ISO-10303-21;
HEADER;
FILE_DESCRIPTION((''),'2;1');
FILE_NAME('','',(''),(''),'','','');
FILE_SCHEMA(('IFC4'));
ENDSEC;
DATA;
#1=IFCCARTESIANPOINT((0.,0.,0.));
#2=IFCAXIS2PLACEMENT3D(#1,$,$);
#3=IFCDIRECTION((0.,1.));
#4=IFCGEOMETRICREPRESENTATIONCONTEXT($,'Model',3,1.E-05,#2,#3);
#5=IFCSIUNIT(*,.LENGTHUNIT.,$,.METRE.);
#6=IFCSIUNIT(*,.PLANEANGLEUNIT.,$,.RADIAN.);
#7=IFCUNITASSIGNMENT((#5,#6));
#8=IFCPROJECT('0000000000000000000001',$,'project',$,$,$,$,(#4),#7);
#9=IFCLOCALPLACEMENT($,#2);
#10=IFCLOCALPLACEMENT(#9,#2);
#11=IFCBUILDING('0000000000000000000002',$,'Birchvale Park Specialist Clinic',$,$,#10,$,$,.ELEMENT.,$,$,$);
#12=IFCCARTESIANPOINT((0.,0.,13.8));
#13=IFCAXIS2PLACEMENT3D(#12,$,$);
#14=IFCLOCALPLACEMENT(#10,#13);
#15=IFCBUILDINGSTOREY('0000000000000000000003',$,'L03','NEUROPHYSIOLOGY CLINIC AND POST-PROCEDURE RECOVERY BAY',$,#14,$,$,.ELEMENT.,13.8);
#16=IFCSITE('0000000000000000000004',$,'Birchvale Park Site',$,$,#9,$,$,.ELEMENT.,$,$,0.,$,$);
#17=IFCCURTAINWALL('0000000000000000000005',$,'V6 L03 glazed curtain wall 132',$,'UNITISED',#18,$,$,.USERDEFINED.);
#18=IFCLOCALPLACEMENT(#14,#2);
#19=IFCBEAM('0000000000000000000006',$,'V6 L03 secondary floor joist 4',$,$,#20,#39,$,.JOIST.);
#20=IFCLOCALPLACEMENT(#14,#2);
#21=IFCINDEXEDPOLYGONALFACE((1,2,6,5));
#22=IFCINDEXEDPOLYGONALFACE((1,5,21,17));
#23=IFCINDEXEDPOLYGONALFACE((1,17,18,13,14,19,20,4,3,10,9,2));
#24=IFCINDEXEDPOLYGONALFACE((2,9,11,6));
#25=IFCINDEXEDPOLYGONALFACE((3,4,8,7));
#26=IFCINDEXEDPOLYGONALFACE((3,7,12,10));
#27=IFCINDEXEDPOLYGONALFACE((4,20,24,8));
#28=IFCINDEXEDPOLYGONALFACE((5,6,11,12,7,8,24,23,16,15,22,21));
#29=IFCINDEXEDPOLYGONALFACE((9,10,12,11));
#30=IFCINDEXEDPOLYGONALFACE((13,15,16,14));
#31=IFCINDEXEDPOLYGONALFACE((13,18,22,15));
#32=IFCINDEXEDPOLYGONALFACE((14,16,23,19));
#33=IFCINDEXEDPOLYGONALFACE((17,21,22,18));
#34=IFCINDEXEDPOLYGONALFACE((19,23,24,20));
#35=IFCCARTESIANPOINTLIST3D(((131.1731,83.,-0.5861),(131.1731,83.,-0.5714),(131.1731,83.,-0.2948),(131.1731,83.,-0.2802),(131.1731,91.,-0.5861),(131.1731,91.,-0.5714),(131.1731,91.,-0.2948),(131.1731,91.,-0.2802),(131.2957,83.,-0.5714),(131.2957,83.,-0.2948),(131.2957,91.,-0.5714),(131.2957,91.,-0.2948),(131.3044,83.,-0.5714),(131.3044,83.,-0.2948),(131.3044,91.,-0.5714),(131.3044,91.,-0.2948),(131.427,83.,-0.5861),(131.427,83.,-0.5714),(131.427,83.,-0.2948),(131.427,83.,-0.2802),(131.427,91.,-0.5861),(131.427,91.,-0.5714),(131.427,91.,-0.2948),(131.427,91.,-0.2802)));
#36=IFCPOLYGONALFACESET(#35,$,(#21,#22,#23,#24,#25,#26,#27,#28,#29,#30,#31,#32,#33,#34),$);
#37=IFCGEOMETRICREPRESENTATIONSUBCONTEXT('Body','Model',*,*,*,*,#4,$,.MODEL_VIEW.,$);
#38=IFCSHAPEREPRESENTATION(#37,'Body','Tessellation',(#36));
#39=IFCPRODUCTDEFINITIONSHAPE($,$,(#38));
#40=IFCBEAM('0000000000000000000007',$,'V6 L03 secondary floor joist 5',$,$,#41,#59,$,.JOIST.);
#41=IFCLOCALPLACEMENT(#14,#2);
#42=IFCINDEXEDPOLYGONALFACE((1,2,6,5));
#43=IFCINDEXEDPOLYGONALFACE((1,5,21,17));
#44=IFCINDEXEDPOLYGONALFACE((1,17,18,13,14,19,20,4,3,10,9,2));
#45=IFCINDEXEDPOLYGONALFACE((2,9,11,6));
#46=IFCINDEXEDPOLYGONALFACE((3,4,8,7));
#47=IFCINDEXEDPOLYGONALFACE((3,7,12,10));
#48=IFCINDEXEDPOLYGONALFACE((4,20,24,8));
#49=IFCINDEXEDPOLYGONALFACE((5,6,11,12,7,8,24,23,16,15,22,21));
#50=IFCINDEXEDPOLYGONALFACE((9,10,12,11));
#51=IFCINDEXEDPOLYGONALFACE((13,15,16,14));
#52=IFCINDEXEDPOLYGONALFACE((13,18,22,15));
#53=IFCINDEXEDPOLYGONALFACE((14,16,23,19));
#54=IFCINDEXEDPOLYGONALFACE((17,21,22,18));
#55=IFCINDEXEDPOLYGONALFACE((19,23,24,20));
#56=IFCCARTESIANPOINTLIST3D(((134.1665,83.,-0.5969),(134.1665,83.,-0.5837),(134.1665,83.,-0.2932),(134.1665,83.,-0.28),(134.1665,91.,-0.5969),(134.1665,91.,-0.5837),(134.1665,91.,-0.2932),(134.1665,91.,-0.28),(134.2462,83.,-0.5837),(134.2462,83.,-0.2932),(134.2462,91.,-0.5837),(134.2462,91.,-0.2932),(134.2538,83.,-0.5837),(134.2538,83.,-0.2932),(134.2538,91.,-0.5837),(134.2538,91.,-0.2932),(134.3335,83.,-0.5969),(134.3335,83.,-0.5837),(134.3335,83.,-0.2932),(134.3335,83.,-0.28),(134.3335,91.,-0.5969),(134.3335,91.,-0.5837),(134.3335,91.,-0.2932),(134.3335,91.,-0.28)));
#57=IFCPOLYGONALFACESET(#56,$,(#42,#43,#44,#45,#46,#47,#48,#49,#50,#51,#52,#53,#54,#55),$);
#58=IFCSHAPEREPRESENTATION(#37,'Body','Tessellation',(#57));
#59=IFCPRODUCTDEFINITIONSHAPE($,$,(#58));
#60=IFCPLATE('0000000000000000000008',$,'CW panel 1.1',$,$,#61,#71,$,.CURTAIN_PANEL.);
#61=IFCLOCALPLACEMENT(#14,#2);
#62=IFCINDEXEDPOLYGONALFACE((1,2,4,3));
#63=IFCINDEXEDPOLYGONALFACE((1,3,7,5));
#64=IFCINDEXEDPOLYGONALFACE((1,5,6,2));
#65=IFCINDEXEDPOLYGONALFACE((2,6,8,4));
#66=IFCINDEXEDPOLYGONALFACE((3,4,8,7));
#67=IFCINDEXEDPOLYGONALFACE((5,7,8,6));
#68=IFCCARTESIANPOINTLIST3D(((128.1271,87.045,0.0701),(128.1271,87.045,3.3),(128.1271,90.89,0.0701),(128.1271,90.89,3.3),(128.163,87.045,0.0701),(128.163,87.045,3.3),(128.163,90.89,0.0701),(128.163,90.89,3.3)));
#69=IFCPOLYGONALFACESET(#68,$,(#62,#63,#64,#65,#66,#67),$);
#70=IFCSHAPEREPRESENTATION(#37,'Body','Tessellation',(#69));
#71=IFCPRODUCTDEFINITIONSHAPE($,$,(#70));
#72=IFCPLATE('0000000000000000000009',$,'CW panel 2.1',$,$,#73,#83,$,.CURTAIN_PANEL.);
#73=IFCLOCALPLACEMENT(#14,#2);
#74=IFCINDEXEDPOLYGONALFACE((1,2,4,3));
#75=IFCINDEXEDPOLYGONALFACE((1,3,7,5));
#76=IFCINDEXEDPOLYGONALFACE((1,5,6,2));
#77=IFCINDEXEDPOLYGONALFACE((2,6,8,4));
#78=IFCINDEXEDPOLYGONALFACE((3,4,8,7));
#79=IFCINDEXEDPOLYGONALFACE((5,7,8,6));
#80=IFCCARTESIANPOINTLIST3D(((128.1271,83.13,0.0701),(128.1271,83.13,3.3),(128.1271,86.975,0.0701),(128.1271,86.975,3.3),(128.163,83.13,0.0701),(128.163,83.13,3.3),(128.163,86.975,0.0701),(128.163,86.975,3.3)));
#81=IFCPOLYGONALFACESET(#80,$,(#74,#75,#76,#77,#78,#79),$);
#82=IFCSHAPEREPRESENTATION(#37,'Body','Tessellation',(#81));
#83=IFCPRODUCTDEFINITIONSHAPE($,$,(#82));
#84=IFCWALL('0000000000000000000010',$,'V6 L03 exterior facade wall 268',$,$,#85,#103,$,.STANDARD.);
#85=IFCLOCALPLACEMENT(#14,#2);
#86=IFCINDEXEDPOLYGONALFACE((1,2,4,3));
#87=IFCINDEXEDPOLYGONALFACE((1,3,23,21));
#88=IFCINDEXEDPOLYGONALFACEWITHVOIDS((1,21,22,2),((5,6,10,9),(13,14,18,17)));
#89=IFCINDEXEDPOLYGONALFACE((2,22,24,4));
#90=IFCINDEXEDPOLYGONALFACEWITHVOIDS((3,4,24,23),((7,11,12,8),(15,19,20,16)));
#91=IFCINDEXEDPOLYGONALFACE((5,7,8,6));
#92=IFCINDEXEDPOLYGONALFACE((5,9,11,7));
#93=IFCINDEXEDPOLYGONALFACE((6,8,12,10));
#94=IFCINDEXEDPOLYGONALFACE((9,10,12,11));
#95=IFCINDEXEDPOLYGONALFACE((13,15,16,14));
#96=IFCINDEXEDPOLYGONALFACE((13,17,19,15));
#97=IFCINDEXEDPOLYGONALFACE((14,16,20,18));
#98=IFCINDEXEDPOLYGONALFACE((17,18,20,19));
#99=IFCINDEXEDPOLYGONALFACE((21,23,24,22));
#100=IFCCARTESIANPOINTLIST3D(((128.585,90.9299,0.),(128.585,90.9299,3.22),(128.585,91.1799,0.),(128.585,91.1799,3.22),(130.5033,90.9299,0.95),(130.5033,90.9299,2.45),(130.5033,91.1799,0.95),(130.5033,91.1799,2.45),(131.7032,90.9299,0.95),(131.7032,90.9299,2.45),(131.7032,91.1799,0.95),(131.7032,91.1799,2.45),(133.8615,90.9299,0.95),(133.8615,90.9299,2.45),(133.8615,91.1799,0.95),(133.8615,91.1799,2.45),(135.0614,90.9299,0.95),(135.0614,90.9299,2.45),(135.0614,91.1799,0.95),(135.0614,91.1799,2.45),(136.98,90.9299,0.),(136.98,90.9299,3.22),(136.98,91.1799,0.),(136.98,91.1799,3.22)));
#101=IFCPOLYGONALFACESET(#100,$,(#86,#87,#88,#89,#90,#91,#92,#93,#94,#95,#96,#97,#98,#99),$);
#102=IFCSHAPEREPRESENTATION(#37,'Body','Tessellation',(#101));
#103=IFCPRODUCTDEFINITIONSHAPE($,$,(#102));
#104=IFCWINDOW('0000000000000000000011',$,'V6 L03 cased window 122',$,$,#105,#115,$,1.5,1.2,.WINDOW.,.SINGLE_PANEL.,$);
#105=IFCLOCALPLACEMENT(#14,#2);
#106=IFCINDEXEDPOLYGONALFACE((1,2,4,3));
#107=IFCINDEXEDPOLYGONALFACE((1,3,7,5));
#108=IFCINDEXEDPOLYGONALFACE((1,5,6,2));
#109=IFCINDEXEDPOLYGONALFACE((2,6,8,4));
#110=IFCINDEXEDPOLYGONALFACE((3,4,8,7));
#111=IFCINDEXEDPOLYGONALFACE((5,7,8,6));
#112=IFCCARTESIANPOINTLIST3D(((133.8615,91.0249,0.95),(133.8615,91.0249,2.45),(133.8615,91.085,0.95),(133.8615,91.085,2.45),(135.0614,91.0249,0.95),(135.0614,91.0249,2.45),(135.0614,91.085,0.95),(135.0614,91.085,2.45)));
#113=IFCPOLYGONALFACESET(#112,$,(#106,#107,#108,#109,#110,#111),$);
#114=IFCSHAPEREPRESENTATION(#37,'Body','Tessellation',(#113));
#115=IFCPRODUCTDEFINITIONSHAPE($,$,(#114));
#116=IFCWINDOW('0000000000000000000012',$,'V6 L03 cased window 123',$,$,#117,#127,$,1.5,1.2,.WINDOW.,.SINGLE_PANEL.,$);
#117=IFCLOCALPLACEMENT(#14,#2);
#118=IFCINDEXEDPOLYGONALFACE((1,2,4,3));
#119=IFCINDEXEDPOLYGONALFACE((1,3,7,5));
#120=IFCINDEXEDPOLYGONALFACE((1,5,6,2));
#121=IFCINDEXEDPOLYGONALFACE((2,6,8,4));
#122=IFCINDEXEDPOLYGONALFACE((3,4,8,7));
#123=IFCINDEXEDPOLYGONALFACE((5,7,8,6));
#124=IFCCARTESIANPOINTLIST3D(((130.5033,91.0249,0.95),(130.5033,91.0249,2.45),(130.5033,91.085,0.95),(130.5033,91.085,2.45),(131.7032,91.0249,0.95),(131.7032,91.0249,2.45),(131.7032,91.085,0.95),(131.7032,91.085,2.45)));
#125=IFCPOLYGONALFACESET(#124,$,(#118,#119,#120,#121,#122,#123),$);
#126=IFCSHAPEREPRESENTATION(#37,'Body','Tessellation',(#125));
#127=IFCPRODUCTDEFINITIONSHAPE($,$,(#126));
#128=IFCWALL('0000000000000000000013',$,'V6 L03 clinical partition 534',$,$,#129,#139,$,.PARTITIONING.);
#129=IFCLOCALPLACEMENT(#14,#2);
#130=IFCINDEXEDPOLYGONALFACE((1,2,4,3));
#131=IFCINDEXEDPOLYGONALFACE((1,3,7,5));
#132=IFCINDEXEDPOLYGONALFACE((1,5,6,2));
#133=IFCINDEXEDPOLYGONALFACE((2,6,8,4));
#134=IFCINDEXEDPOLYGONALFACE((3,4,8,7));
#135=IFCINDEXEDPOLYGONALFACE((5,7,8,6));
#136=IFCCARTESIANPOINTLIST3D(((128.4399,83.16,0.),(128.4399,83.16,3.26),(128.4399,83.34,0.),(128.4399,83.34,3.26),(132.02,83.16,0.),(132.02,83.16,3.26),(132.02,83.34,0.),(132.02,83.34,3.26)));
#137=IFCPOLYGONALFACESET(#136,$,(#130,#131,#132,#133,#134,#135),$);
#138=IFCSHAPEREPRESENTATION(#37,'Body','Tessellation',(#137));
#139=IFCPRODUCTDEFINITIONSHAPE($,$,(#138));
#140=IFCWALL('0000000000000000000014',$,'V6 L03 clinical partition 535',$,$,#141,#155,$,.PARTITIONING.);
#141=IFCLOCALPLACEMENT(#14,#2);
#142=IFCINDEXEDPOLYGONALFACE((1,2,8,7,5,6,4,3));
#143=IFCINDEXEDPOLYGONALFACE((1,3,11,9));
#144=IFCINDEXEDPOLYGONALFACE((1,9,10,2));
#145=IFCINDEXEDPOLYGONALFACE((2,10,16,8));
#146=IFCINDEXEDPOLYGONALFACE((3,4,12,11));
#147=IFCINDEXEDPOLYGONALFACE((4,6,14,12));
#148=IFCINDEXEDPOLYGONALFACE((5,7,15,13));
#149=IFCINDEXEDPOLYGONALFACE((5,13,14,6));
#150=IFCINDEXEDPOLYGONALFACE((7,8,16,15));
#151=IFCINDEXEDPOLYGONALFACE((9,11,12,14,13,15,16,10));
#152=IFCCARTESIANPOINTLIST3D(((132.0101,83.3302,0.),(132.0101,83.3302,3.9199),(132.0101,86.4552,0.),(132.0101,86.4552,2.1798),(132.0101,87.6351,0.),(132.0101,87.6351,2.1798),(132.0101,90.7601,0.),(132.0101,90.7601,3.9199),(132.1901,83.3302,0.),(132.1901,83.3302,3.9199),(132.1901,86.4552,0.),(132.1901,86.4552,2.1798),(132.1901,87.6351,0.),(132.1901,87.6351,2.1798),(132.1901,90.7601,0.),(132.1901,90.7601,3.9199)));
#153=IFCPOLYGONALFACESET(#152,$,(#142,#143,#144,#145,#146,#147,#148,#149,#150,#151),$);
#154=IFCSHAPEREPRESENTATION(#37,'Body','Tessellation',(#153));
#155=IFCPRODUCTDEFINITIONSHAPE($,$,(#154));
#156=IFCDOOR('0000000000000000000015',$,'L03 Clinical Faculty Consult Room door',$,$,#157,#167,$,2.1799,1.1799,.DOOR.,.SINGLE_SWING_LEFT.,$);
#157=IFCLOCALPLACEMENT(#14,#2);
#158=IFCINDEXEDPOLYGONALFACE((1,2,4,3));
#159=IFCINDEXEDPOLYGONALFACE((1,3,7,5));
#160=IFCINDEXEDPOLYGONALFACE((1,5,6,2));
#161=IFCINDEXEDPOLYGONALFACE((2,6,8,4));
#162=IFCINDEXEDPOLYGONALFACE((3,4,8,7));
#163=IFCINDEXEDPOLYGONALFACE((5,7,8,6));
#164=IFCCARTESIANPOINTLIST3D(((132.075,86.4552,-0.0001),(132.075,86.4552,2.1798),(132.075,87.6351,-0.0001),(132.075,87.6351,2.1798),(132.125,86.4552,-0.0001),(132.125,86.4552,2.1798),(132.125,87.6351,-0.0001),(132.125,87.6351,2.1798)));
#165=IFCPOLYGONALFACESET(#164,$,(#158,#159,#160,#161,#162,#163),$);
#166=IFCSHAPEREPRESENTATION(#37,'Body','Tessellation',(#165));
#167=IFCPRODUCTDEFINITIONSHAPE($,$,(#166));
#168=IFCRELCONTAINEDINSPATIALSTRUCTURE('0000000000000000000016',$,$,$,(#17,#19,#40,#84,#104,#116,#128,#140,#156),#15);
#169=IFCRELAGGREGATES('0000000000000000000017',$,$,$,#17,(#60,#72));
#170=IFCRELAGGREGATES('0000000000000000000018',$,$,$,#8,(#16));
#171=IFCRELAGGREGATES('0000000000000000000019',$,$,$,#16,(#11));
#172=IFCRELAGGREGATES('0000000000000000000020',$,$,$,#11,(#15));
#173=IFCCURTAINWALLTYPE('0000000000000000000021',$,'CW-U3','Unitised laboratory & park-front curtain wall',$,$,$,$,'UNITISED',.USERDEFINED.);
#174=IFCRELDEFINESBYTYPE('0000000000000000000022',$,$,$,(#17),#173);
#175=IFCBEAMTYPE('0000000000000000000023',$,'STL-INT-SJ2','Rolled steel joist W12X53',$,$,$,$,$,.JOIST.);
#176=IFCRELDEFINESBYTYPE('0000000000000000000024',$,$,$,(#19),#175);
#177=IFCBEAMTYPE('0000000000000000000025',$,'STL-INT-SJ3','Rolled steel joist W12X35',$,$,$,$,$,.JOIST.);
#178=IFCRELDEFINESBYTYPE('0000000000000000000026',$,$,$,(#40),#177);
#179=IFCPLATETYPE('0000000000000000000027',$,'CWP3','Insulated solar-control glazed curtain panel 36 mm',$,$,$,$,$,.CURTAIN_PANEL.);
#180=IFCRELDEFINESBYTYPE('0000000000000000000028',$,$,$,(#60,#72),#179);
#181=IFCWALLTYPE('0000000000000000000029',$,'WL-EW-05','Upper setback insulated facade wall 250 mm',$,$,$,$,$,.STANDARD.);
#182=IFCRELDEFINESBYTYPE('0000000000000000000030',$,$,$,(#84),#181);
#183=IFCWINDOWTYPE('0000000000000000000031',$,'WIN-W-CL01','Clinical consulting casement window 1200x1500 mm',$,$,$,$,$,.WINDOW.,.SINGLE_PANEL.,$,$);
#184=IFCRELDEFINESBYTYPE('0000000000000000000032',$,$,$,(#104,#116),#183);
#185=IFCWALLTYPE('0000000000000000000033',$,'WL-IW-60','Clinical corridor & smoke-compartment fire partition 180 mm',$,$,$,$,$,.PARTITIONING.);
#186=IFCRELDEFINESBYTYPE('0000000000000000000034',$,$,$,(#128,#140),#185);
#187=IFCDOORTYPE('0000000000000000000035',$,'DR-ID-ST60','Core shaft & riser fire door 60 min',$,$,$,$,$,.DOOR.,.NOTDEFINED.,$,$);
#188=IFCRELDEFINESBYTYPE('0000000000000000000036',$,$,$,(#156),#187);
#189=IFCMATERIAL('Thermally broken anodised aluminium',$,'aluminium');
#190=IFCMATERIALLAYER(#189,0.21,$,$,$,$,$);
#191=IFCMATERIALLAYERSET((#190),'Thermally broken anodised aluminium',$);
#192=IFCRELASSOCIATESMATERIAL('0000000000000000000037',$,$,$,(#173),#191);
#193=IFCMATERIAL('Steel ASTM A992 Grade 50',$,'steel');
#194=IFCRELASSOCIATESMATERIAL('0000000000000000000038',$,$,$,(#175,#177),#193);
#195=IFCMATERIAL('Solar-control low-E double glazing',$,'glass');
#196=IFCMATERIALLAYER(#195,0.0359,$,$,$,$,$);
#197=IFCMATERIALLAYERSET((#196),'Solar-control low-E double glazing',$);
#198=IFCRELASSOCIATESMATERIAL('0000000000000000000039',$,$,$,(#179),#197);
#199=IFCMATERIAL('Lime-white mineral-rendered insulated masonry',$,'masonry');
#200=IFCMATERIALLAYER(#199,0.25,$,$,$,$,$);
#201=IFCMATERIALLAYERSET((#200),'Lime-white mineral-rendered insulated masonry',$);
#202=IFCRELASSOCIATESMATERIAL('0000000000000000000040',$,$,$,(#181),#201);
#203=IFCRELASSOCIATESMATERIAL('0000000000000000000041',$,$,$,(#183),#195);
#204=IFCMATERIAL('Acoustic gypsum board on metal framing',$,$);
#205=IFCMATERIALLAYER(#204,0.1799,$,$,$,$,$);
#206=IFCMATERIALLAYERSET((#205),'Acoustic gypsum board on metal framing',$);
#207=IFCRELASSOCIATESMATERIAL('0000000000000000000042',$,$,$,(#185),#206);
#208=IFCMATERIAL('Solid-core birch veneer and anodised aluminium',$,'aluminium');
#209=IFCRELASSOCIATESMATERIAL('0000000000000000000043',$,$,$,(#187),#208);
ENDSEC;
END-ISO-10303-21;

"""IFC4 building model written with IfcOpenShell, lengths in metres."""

from ifc_helpers import new_model, si_unit, direction, frame, frame_2d, origin, origin_2d, place, context, subcontext, project, spatial, rectangle, i_section, extrude, material, layer, layer_set, material_profile, profile_set, type_object, element, fill, aggregate, save


model = new_model("IFC4")

# Units and contexts
model_context = context("Model", 3, precision=1e-05, world=origin(), true_north=direction((0.0, 1.0)))
body_context = subcontext(model_context, "Body", "Model", "MODEL_VIEW")
ifc_project = project(units=[si_unit("LENGTHUNIT", "METRE"), si_unit("PLANEANGLEUNIT", "RADIAN")], contexts=[model_context])

# Site, building, storey
site_placement = place(None, origin())
site = spatial("IfcSite", under=ifc_project, at=site_placement, Name="Birchvale Park Site", CompositionType="ELEMENT", RefElevation=0.0)
building_placement = place(site_placement, origin())
building = spatial("IfcBuilding", under=site, at=building_placement, Name="Birchvale Park Specialist Clinic", CompositionType="ELEMENT")
storey_placement = place(building_placement, frame((0.0, 0.0, 13.8)))
storey = spatial("IfcBuildingStorey", under=building, at=storey_placement, Name="L03", Description="NEUROPHYSIOLOGY CLINIC AND POST-PROCEDURE RECOVERY BAY", CompositionType="ELEMENT", Elevation=13.8)

# Curtain wall
ifc_material_1 = material(Name="Thermally broken anodised aluminium", Category="aluminium")
ifc_layer_1 = layer(ifc_material_1, 0.21)
ifc_layer_set_1 = layer_set([ifc_layer_1], Name="Thermally broken anodised aluminium")
curtain_wall_type = type_object("IfcCurtainWallType", Name="CW-U3", Description="Unitised laboratory & park-front curtain wall", ElementType="UNITISED", PredefinedType="USERDEFINED", material=ifc_layer_set_1)
curtain_wall_placement = place(storey_placement, origin())
curtain_wall = element("IfcCurtainWall", 1, at=curtain_wall_placement, inside=storey, type_object=curtain_wall_type, Name="V6 L03 glazed curtain wall 132", ObjectType="UNITISED", PredefinedType="USERDEFINED")

# Beams
ifc_material_2 = material(Name="Steel ASTM A992 Grade 50", Category="steel")
ifc_material_profile_1 = material_profile(ifc_material_2, i_section(OverallWidth=0.2539, OverallDepth=0.3059, WebThickness=0.0088, FlangeThickness=0.0146, at=origin_2d()), Name="W12X53")
ifc_profile_set_1 = profile_set([ifc_material_profile_1], Name="Steel ASTM A992 Grade 50")
beam_type_1 = type_object("IfcBeamType", Name="STL-INT-SJ2", Description="Rolled steel joist W12X53", PredefinedType="JOIST", material=ifc_profile_set_1)
beam_1_placement = place(storey_placement, frame((131.3, 83.0, -0.4331), z_axis=(0.0, 1.0, 0.0), x_axis=(-1.0, 0.0, 0.0)))
element("IfcBeam", 2, at=beam_1_placement, inside=storey, type_object=beam_type_1, Name="V6 L03 secondary floor joist 4", PredefinedType="JOIST", context=body_context, shape_type="SweptSolid", body=[
    extrude(i_section(OverallWidth=0.2539, OverallDepth=0.3059, WebThickness=0.0088, FlangeThickness=0.0146, at=origin_2d()), origin(), (0.0, 0.0, 1.0), 8.0),
])
ifc_material_profile_2 = material_profile(ifc_material_2, i_section(OverallWidth=0.167, OverallDepth=0.3169, WebThickness=0.0076, FlangeThickness=0.0132, at=origin_2d()), Name="W12X35")
ifc_profile_set_2 = profile_set([ifc_material_profile_2], Name="Steel ASTM A992 Grade 50")
beam_type_2 = type_object("IfcBeamType", Name="STL-INT-SJ3", Description="Rolled steel joist W12X35", PredefinedType="JOIST", material=ifc_profile_set_2)
beam_2_placement = place(storey_placement, frame((134.25, 83.0, -0.4385), z_axis=(0.0, 1.0, 0.0), x_axis=(-1.0, 0.0, 0.0)))
element("IfcBeam", 3, at=beam_2_placement, inside=storey, type_object=beam_type_2, Name="V6 L03 secondary floor joist 5", PredefinedType="JOIST", context=body_context, shape_type="SweptSolid", body=[
    extrude(i_section(OverallWidth=0.167, OverallDepth=0.3169, WebThickness=0.0076, FlangeThickness=0.0132, at=origin_2d()), origin(), (0.0, 0.0, 1.0), 8.0),
])

# Plates
ifc_material_3 = material(Name="Solar-control low-E double glazing", Category="glass")
ifc_layer_2 = layer(ifc_material_3, 0.0359)
ifc_layer_set_2 = layer_set([ifc_layer_2], Name="Solar-control low-E double glazing")
plate_type = type_object("IfcPlateType", Name="CWP3", Description="Insulated solar-control glazed curtain panel 36 mm", PredefinedType="CURTAIN_PANEL", material=ifc_layer_set_2)
plate_1_placement = place(storey_placement, frame((128.145, 88.9675, 0.0701), z_axis=(0.0, 0.0, 1.0), x_axis=(0.0, -1.0, 0.0)))
plate_1 = element("IfcPlate", 4, at=plate_1_placement, type_object=plate_type, Name="CW panel 1.1", PredefinedType="CURTAIN_PANEL", context=body_context, shape_type="SweptSolid", body=[
    extrude(rectangle(XDim=3.845, YDim=0.0359, at=origin_2d()), origin(), (0.0, 0.0, 1.0), 3.23),
])
plate_2_placement = place(storey_placement, frame((128.145, 85.0525, 0.0701), z_axis=(0.0, 0.0, 1.0), x_axis=(0.0, -1.0, 0.0)))
plate_2 = element("IfcPlate", 5, at=plate_2_placement, type_object=plate_type, Name="CW panel 2.1", PredefinedType="CURTAIN_PANEL", context=body_context, shape_type="SweptSolid", body=[
    extrude(rectangle(XDim=3.845, YDim=0.0359, at=origin_2d()), origin(), (0.0, 0.0, 1.0), 3.23),
])
aggregate(curtain_wall, [plate_1, plate_2])

# Wall, openings, windows
ifc_material_4 = material(Name="Lime-white mineral-rendered insulated masonry", Category="masonry")
ifc_layer_3 = layer(ifc_material_4, 0.25)
ifc_layer_set_3 = layer_set([ifc_layer_3], Name="Lime-white mineral-rendered insulated masonry")
wall_type_1 = type_object("IfcWallType", Name="WL-EW-05", Description="Upper setback insulated facade wall 250 mm", PredefinedType="STANDARD", material=ifc_layer_set_3)
wall_1_placement = place(storey_placement, frame((136.98, 91.0549, 0.0), z_axis=(0.0, 0.0, 1.0), x_axis=(-1.0, 0.0, 0.0)))
wall_1 = element("IfcWall", 6, at=wall_1_placement, inside=storey, type_object=wall_type_1, Name="V6 L03 exterior facade wall 268", PredefinedType="STANDARD", context=body_context, shape_type="SweptSolid", body=[
    extrude(rectangle(XDim=8.395, YDim=0.25, at=frame_2d((4.1975, 0.0))), origin(), (0.0, 0.0, 1.0), 3.22),
])
opening_1_placement = place(wall_1_placement, frame((1.9185, 0.0, 0.95)))
opening_1 = element("IfcOpeningElement", 7, at=opening_1_placement, cuts=wall_1, PredefinedType="OPENING", context=body_context, shape_type="SweptSolid", body=[
    extrude(rectangle(XDim=1.2, YDim=1.5, at=frame_2d((0.6001, 0.75))), frame((0.0, 0.135, 0.0), z_axis=(0.0, -1.0, 0.0), x_axis=(1.0, 0.0, 0.0)), (0.0, 0.0, 1.0), 0.27),
])
opening_2_placement = place(wall_1_placement, frame((5.2766, 0.0, 0.95)))
opening_2 = element("IfcOpeningElement", 8, at=opening_2_placement, cuts=wall_1, PredefinedType="OPENING", context=body_context, shape_type="SweptSolid", body=[
    extrude(rectangle(XDim=1.2, YDim=1.5, at=frame_2d((0.6001, 0.75))), frame((0.0, 0.135, 0.0), z_axis=(0.0, -1.0, 0.0), x_axis=(1.0, 0.0, 0.0)), (0.0, 0.0, 1.0), 0.27),
])
window_type = type_object("IfcWindowType", Name="WIN-W-CL01", Description="Clinical consulting casement window 1200x1500 mm", PartitioningType="SINGLE_PANEL", PredefinedType="WINDOW", material=ifc_material_3)
window_1_placement = place(opening_1_placement, origin())
window_1 = element("IfcWindow", 9, at=window_1_placement, inside=storey, type_object=window_type, Name="V6 L03 cased window 122", OverallHeight=1.5, OverallWidth=1.2, PartitioningType="SINGLE_PANEL", PredefinedType="WINDOW", context=body_context, shape_type="SweptSolid", body=[
    extrude(rectangle(XDim=1.2, YDim=1.5, at=frame_2d((0.6001, 0.75))), frame((0.0, 0.03, 0.0), z_axis=(0.0, -1.0, 0.0), x_axis=(1.0, 0.0, 0.0)), (0.0, 0.0, 1.0), 0.0601),
])
fill(opening_1, window_1)
window_2_placement = place(opening_2_placement, origin())
window_2 = element("IfcWindow", 10, at=window_2_placement, inside=storey, type_object=window_type, Name="V6 L03 cased window 123", OverallHeight=1.5, OverallWidth=1.2, PartitioningType="SINGLE_PANEL", PredefinedType="WINDOW", context=body_context, shape_type="SweptSolid", body=[
    extrude(rectangle(XDim=1.2, YDim=1.5, at=frame_2d((0.6001, 0.75))), frame((0.0, 0.03, 0.0), z_axis=(0.0, -1.0, 0.0), x_axis=(1.0, 0.0, 0.0)), (0.0, 0.0, 1.0), 0.0601),
])
fill(opening_2, window_2)

# Wall
ifc_material_5 = material(Name="Acoustic gypsum board on metal framing")
ifc_layer_4 = layer(ifc_material_5, 0.1799)
ifc_layer_set_4 = layer_set([ifc_layer_4], Name="Acoustic gypsum board on metal framing")
wall_type_2 = type_object("IfcWallType", Name="WL-IW-60", Description="Clinical corridor & smoke-compartment fire partition 180 mm", PredefinedType="PARTITIONING", material=ifc_layer_set_4)
wall_2_placement = place(storey_placement, frame((132.02, 83.25, 0.0), z_axis=(0.0, 0.0, 1.0), x_axis=(-1.0, 0.0, 0.0)))
element("IfcWall", 11, at=wall_2_placement, inside=storey, type_object=wall_type_2, Name="V6 L03 clinical partition 534", PredefinedType="PARTITIONING", context=body_context, shape_type="SweptSolid", body=[
    extrude(rectangle(XDim=3.5801, YDim=0.1799, at=frame_2d((1.79, 0.0))), origin(), (0.0, 0.0, 1.0), 3.26),
])

# Wall, opening, door
wall_3_placement = place(storey_placement, frame((132.1001, 90.76, 0.0), z_axis=(0.0, 0.0, 1.0), x_axis=(0.0, -1.0, 0.0)))
wall_3 = element("IfcWall", 12, at=wall_3_placement, inside=storey, type_object=wall_type_2, Name="V6 L03 clinical partition 535", PredefinedType="PARTITIONING", context=body_context, shape_type="SweptSolid", body=[
    extrude(rectangle(XDim=7.4299, YDim=0.1799, at=frame_2d((3.7148, 0.0))), origin(), (0.0, 0.0, 1.0), 3.9199),
])
opening_3_placement = place(wall_3_placement, frame((3.125, 0.0, 0.0)))
opening_3 = element("IfcOpeningElement", 13, at=opening_3_placement, cuts=wall_3, PredefinedType="OPENING", context=body_context, shape_type="SweptSolid", body=[
    extrude(rectangle(XDim=1.1799, YDim=2.1799, at=frame_2d((0.5898, 1.0898))), frame((0.0, 0.1001, 0.0), z_axis=(0.0, -1.0, 0.0), x_axis=(1.0, 0.0, 0.0)), (0.0, 0.0, 1.0), 0.2),
])
ifc_material_6 = material(Name="Solid-core birch veneer and anodised aluminium", Category="aluminium")
door_type_1 = type_object("IfcDoorType", Name="DR-ID-ST60", Description="Core shaft & riser fire door 60 min", OperationType="NOTDEFINED", PredefinedType="DOOR", material=ifc_material_6)
door_1_placement = place(opening_3_placement, origin())
door_1 = element("IfcDoor", 14, at=door_1_placement, inside=storey, type_object=door_type_1, Name="L03 Clinical Faculty Consult Room door", OperationType="SINGLE_SWING_LEFT", OverallHeight=2.1799, OverallWidth=1.1799, PredefinedType="DOOR", context=body_context, shape_type="SweptSolid", body=[
    extrude(rectangle(XDim=1.1799, YDim=2.1799, at=frame_2d((0.5898, 1.0898))), frame((0.0, 0.0249, 0.0), z_axis=(0.0, -1.0, 0.0), x_axis=(1.0, 0.0, 0.0)), (0.0, 0.0, 1.0), 0.05),
])
fill(opening_3, door_1)

save(model, "model.ifc")
